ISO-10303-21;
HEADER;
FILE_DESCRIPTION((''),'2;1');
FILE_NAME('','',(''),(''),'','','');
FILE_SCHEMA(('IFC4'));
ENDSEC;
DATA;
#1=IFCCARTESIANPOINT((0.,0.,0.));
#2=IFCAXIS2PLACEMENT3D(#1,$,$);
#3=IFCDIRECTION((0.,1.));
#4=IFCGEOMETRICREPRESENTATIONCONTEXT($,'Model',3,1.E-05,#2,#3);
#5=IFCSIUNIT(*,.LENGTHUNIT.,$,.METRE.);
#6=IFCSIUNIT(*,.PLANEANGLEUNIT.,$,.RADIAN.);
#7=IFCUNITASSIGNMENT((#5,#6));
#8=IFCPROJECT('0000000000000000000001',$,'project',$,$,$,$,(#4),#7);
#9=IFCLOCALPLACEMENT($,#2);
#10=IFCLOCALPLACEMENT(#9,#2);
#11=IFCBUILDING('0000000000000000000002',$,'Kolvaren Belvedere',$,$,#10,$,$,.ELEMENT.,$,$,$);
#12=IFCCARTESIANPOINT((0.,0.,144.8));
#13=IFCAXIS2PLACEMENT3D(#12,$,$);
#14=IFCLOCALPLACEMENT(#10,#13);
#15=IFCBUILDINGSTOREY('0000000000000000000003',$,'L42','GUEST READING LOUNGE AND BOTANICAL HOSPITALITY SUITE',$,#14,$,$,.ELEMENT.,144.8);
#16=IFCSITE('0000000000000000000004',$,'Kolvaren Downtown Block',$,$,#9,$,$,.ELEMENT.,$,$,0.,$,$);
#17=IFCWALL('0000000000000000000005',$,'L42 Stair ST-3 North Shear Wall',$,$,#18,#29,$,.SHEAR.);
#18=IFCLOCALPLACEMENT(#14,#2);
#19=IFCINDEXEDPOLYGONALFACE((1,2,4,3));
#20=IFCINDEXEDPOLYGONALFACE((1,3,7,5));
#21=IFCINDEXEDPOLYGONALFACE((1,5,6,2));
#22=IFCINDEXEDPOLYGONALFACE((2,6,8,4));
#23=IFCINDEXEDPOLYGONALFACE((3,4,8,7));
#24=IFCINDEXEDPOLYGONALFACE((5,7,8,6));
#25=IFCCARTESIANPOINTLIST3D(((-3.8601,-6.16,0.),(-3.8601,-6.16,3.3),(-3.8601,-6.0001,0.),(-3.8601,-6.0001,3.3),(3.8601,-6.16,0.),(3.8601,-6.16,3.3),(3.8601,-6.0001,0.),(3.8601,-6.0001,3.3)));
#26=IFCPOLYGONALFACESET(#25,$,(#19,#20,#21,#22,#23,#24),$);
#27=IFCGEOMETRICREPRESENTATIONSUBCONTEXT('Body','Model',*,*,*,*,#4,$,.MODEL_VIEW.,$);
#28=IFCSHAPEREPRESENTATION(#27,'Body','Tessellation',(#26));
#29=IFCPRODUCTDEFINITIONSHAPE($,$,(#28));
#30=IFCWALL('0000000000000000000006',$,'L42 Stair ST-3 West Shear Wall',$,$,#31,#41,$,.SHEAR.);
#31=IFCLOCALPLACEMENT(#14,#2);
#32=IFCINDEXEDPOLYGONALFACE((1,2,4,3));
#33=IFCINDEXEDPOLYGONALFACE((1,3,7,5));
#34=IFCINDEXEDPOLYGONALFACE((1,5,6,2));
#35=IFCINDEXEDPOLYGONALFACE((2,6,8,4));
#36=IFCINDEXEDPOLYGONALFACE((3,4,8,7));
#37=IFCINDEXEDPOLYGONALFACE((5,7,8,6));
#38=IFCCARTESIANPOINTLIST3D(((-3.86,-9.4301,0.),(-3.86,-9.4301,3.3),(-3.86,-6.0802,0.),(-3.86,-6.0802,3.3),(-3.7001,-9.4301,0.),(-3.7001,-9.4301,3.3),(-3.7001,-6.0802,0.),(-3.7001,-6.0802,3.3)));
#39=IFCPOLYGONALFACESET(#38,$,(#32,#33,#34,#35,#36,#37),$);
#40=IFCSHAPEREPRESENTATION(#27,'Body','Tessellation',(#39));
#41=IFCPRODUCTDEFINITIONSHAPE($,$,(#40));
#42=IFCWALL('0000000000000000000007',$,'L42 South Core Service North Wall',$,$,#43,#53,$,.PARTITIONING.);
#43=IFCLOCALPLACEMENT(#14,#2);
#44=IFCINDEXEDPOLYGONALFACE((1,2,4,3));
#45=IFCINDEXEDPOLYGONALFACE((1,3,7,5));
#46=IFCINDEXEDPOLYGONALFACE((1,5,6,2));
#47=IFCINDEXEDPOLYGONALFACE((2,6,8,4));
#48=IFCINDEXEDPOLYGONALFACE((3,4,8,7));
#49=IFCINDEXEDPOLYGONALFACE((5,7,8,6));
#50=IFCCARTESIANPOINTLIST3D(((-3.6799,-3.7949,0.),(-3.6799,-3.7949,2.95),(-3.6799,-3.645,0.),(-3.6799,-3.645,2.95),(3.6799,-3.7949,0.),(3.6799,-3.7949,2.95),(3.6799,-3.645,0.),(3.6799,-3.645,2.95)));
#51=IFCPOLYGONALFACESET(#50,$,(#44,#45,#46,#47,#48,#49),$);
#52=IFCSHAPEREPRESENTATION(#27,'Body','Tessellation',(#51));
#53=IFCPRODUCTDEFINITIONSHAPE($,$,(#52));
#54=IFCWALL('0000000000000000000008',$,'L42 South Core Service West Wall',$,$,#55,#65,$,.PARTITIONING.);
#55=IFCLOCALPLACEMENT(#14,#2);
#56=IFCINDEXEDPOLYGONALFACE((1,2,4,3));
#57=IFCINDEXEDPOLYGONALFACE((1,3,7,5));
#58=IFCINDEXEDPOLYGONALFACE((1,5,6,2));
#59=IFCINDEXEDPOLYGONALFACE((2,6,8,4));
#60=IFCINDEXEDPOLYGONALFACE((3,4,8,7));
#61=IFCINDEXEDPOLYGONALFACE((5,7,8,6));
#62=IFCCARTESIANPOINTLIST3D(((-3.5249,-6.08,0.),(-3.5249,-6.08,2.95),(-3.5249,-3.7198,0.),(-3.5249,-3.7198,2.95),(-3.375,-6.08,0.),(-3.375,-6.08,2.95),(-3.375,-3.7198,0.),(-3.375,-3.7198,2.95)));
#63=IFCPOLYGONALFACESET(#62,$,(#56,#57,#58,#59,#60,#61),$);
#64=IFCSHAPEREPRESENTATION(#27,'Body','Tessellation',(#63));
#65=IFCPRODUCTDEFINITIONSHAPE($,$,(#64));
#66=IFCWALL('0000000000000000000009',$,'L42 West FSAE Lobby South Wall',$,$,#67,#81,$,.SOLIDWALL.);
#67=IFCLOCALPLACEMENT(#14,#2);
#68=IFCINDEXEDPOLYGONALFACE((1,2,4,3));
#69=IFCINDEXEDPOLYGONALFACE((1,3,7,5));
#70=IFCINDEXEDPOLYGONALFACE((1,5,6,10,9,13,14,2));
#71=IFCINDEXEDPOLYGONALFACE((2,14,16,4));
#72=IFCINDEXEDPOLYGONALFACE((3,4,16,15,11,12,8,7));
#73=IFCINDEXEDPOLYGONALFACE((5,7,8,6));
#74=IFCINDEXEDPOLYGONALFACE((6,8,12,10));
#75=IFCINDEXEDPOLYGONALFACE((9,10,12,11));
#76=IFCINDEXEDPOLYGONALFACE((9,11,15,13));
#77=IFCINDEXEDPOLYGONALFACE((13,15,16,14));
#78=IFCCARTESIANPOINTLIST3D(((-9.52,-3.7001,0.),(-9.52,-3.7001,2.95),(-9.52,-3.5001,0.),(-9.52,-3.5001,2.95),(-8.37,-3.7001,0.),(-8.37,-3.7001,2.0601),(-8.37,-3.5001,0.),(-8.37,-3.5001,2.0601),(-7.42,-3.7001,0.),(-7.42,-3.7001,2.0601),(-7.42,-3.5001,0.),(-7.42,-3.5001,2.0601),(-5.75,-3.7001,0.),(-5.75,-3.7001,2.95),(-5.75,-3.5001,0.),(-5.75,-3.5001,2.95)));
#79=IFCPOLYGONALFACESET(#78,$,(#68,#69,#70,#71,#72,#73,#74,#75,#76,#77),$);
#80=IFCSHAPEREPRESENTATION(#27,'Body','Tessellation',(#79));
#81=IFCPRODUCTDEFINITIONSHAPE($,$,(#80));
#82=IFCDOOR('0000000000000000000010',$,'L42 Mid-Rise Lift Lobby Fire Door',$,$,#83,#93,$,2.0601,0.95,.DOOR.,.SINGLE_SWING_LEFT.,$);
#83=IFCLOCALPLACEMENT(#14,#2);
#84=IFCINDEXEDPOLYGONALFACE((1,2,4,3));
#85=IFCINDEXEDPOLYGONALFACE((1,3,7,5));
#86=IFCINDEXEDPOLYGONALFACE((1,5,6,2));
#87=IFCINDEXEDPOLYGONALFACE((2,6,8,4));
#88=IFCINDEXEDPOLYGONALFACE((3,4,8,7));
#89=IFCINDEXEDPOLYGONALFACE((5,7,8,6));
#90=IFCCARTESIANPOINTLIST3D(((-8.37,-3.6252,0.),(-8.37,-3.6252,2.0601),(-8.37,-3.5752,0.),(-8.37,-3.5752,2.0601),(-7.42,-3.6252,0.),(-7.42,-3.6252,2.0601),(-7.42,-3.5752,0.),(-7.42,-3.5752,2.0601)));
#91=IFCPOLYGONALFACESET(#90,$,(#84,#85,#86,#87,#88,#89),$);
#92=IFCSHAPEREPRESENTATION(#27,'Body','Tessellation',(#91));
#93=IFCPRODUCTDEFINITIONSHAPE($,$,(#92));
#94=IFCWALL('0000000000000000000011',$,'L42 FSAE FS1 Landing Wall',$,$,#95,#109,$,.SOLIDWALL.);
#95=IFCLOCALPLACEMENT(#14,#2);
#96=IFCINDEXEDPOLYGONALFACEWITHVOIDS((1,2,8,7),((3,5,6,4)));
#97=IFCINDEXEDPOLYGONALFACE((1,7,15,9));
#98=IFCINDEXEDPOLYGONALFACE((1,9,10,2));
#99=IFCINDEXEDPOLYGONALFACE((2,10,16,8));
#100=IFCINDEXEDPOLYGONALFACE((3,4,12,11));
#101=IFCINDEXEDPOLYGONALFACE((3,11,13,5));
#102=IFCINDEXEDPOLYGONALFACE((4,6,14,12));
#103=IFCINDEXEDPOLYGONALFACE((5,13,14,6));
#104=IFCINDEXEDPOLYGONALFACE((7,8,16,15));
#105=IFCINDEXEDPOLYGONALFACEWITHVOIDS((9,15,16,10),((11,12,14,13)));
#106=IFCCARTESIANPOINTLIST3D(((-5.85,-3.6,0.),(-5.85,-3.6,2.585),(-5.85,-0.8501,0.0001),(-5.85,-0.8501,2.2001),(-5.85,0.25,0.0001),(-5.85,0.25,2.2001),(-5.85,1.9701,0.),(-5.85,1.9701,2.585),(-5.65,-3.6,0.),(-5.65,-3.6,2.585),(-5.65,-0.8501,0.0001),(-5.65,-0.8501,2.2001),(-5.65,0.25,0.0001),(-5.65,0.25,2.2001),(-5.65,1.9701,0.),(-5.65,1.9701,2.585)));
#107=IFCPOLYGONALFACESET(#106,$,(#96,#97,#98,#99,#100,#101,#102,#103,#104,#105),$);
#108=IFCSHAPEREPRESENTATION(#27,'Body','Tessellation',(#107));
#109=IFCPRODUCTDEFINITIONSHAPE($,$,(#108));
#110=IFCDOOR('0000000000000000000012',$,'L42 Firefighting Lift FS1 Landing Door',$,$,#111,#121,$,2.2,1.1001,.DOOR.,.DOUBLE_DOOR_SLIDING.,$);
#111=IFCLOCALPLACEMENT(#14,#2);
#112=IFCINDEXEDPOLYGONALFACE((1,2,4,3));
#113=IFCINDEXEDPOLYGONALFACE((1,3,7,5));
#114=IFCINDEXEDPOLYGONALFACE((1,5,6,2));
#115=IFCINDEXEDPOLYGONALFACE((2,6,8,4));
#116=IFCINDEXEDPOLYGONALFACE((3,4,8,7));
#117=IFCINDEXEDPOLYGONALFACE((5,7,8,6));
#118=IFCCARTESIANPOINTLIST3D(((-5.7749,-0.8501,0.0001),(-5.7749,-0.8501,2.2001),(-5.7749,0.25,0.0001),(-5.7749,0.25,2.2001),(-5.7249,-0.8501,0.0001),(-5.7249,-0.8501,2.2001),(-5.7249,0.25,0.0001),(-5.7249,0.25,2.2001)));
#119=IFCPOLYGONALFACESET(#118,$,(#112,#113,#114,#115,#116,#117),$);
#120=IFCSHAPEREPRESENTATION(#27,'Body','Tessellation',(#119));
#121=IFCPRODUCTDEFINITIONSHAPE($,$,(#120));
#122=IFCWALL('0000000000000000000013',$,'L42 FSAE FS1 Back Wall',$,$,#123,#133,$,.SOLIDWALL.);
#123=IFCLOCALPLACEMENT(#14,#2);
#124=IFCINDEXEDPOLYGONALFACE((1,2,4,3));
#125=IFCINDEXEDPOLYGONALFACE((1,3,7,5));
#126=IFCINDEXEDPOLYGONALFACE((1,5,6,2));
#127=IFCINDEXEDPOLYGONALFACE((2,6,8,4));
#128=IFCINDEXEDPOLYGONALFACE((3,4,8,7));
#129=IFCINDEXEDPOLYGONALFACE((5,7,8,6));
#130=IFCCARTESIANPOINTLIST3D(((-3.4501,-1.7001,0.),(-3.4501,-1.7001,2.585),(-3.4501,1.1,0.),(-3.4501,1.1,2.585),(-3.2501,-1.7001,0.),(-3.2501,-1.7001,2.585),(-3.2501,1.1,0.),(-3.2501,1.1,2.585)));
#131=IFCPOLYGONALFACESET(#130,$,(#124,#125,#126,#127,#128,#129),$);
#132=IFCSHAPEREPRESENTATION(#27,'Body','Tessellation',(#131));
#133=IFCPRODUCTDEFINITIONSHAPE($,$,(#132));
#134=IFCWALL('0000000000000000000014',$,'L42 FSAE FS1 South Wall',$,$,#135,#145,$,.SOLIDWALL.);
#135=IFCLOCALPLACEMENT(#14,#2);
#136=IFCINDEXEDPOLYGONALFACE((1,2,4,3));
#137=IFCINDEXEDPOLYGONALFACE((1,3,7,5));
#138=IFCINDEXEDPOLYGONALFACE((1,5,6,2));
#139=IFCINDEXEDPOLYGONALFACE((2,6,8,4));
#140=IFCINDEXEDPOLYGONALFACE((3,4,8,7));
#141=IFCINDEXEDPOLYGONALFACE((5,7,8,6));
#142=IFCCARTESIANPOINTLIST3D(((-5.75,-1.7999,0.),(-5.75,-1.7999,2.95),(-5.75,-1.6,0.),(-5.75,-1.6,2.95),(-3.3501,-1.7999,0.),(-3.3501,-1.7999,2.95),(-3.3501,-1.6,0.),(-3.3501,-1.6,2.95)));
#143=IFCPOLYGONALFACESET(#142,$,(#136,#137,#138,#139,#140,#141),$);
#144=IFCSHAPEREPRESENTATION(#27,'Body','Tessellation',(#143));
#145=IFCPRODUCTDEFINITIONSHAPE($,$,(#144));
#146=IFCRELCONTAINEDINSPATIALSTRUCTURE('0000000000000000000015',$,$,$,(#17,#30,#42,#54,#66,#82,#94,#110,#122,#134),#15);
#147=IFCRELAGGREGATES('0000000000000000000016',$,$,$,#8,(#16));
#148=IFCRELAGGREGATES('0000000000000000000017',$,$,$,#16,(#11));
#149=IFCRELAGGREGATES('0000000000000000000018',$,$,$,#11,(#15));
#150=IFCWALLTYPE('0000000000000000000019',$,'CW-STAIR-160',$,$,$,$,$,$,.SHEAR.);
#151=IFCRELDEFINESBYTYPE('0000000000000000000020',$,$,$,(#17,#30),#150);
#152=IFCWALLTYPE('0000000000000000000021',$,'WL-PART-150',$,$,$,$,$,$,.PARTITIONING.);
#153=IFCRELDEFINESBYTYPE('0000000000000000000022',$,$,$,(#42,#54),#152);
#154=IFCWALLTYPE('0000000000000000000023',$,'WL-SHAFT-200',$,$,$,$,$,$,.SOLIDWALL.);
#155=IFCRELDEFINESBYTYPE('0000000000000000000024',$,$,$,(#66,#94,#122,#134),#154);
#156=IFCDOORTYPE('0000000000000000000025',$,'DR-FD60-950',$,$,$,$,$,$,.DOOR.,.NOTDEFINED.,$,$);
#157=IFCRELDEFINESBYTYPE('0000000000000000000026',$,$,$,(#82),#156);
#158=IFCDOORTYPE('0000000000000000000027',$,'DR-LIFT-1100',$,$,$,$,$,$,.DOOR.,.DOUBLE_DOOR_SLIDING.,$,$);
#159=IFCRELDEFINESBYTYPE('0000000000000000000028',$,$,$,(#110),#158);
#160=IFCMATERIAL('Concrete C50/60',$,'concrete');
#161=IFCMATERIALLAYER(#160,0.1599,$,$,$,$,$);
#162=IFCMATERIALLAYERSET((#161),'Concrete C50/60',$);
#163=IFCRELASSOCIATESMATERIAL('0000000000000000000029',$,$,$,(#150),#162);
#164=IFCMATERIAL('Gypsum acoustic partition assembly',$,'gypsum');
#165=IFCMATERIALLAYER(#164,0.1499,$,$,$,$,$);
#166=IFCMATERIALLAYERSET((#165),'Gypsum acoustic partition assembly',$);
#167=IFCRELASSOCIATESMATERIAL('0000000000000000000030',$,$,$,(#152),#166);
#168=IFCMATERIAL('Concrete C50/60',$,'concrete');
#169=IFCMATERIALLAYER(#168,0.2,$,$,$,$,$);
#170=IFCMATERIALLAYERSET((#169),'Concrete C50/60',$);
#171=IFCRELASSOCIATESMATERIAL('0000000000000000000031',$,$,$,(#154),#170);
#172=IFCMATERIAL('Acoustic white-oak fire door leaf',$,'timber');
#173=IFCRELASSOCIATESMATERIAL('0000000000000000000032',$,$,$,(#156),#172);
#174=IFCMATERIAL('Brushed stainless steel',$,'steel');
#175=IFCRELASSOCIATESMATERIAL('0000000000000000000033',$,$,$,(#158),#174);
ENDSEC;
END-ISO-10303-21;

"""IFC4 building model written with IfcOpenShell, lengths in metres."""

from ifc_helpers import new_model, si_unit, direction, frame, frame_2d, origin, place, context, subcontext, project, spatial, rectangle, extrude, material, layer, layer_set, type_object, element, fill, save


model = new_model("IFC4")

# Units and contexts
model_context = context("Model", 3, precision=1e-05, world=origin(), true_north=direction((0.0, 1.0)))
body_context = subcontext(model_context, "Body", "Model", "MODEL_VIEW")
ifc_project = project(units=[si_unit("LENGTHUNIT", "METRE"), si_unit("PLANEANGLEUNIT", "RADIAN")], contexts=[model_context])

# Site, building, storey
site_placement = place(None, origin())
site = spatial("IfcSite", under=ifc_project, at=site_placement, Name="Kolvaren Downtown Block", CompositionType="ELEMENT", RefElevation=0.0)
building_placement = place(site_placement, origin())
building = spatial("IfcBuilding", under=site, at=building_placement, Name="Kolvaren Belvedere", CompositionType="ELEMENT")
storey_placement = place(building_placement, frame((0.0, 0.0, 144.8)))
storey = spatial("IfcBuildingStorey", under=building, at=storey_placement, Name="L42", Description="GUEST READING LOUNGE AND BOTANICAL HOSPITALITY SUITE", CompositionType="ELEMENT", Elevation=144.8)

# Walls
ifc_material_1 = material(Name="Concrete C50/60", Category="concrete")
ifc_layer_1 = layer(ifc_material_1, 0.1599)
ifc_layer_set_1 = layer_set([ifc_layer_1], Name="Concrete C50/60")
wall_type_1 = type_object("IfcWallType", Name="CW-STAIR-160", PredefinedType="SHEAR", material=ifc_layer_set_1)
wall_1_placement = place(storey_placement, frame((-3.8601, -6.0801, 0.0), z_axis=(0.0, 0.0, 1.0), x_axis=(1.0, 0.0, 0.0)))
element("IfcWall", 1, at=wall_1_placement, inside=storey, type_object=wall_type_1, Name="L42 Stair ST-3 North Shear Wall", PredefinedType="SHEAR", context=body_context, shape_type="SweptSolid", body=[
    extrude(rectangle(XDim=7.7202, YDim=0.1599, at=frame_2d((3.8601, 0.0))), origin(), (0.0, 0.0, 1.0), 3.3),
])
wall_2_placement = place(storey_placement, frame((-3.78, -9.4299, 0.0), z_axis=(0.0, 0.0, 1.0), x_axis=(0.0, 1.0, 0.0)))
element("IfcWall", 2, at=wall_2_placement, inside=storey, type_object=wall_type_1, Name="L42 Stair ST-3 West Shear Wall", PredefinedType="SHEAR", context=body_context, shape_type="SweptSolid", body=[
    extrude(rectangle(XDim=3.3499, YDim=0.1599, at=frame_2d((1.6748, 0.0))), origin(), (0.0, 0.0, 1.0), 3.3),
])
ifc_material_2 = material(Name="Gypsum acoustic partition assembly", Category="gypsum")
ifc_layer_2 = layer(ifc_material_2, 0.1499)
ifc_layer_set_2 = layer_set([ifc_layer_2], Name="Gypsum acoustic partition assembly")
wall_type_2 = type_object("IfcWallType", Name="WL-PART-150", PredefinedType="PARTITIONING", material=ifc_layer_set_2)
wall_3_placement = place(storey_placement, frame((-3.6799, -3.72, 0.0), z_axis=(0.0, 0.0, 1.0), x_axis=(1.0, 0.0, 0.0)))
element("IfcWall", 3, at=wall_3_placement, inside=storey, type_object=wall_type_2, Name="L42 South Core Service North Wall", PredefinedType="PARTITIONING", context=body_context, shape_type="SweptSolid", body=[
    extrude(rectangle(XDim=7.3599, YDim=0.1499, at=frame_2d((3.6799, 0.0))), origin(), (0.0, 0.0, 1.0), 2.95),
])
wall_4_placement = place(storey_placement, frame((-3.45, -6.0801, 0.0), z_axis=(0.0, 0.0, 1.0), x_axis=(0.0, 1.0, 0.0)))
element("IfcWall", 4, at=wall_4_placement, inside=storey, type_object=wall_type_2, Name="L42 South Core Service West Wall", PredefinedType="PARTITIONING", context=body_context, shape_type="SweptSolid", body=[
    extrude(rectangle(XDim=2.3601, YDim=0.1499, at=frame_2d((1.1802, 0.0))), origin(), (0.0, 0.0, 1.0), 2.95),
])

# Walls, openings, doors
ifc_material_3 = material(Name="Concrete C50/60", Category="concrete")
ifc_layer_3 = layer(ifc_material_3, 0.2)
ifc_layer_set_3 = layer_set([ifc_layer_3], Name="Concrete C50/60")
wall_type_3 = type_object("IfcWallType", Name="WL-SHAFT-200", PredefinedType="SOLIDWALL", material=ifc_layer_set_3)
wall_5_placement = place(storey_placement, frame((-9.52, -3.6001, 0.0), z_axis=(0.0, 0.0, 1.0), x_axis=(1.0, 0.0, 0.0)))
wall_5 = element("IfcWall", 5, at=wall_5_placement, inside=storey, type_object=wall_type_3, Name="L42 West FSAE Lobby South Wall", PredefinedType="SOLIDWALL", context=body_context, shape_type="SweptSolid", body=[
    extrude(rectangle(XDim=3.77, YDim=0.2, at=frame_2d((1.885, 0.0))), origin(), (0.0, 0.0, 1.0), 2.95),
])
opening_1_placement = place(wall_5_placement, frame((1.1499, 0.0, 0.0)))
opening_1 = element("IfcOpeningElement", 6, at=opening_1_placement, cuts=wall_5, PredefinedType="OPENING", context=body_context, shape_type="SweptSolid", body=[
    extrude(rectangle(XDim=0.95, YDim=2.0601, at=frame_2d((0.4751, 1.03))), frame((0.0, 0.1099, 0.0), z_axis=(0.0, -1.0, 0.0), x_axis=(1.0, 0.0, 0.0)), (0.0, 0.0, 1.0), 0.22),
])
ifc_material_4 = material(Name="Acoustic white-oak fire door leaf", Category="timber")
door_type_1 = type_object("IfcDoorType", Name="DR-FD60-950", OperationType="NOTDEFINED", PredefinedType="DOOR", material=ifc_material_4)
door_1_placement = place(opening_1_placement, origin())
door_1 = element("IfcDoor", 7, at=door_1_placement, inside=storey, type_object=door_type_1, Name="L42 Mid-Rise Lift Lobby Fire Door", OperationType="SINGLE_SWING_LEFT", OverallHeight=2.0601, OverallWidth=0.95, PredefinedType="DOOR", context=body_context, shape_type="SweptSolid", body=[
    extrude(rectangle(XDim=0.95, YDim=2.0601, at=frame_2d((0.4751, 1.03))), frame((0.0, 0.0249, 0.0), z_axis=(0.0, -1.0, 0.0), x_axis=(1.0, 0.0, 0.0)), (0.0, 0.0, 1.0), 0.05),
])
fill(opening_1, door_1)
wall_6_placement = place(storey_placement, frame((-5.75, -3.6001, 0.0), z_axis=(0.0, 0.0, 1.0), x_axis=(0.0, 1.0, 0.0)))
wall_6 = element("IfcWall", 8, at=wall_6_placement, inside=storey, type_object=wall_type_3, Name="L42 FSAE FS1 Landing Wall", PredefinedType="SOLIDWALL", context=body_context, shape_type="SweptSolid", body=[
    extrude(rectangle(XDim=5.5701, YDim=0.2, at=frame_2d((2.7852, 0.0))), origin(), (0.0, 0.0, 1.0), 2.585),
])
opening_2_placement = place(wall_6_placement, frame((2.75, 0.0, 0.0)))
opening_2 = element("IfcOpeningElement", 9, at=opening_2_placement, cuts=wall_6, PredefinedType="OPENING", context=body_context, shape_type="SweptSolid", body=[
    extrude(rectangle(XDim=1.1001, YDim=2.2, at=frame_2d((0.55, 1.1001))), frame((0.0, 0.1099, 0.0), z_axis=(0.0, -1.0, 0.0), x_axis=(1.0, 0.0, 0.0)), (0.0, 0.0, 1.0), 0.22),
])
ifc_material_5 = material(Name="Brushed stainless steel", Category="steel")
door_type_2 = type_object("IfcDoorType", Name="DR-LIFT-1100", OperationType="DOUBLE_DOOR_SLIDING", PredefinedType="DOOR", material=ifc_material_5)
door_2_placement = place(opening_2_placement, origin())
door_2 = element("IfcDoor", 10, at=door_2_placement, inside=storey, type_object=door_type_2, Name="L42 Firefighting Lift FS1 Landing Door", OperationType="DOUBLE_DOOR_SLIDING", OverallHeight=2.2, OverallWidth=1.1001, PredefinedType="DOOR", context=body_context, shape_type="SweptSolid", body=[
    extrude(rectangle(XDim=1.1001, YDim=2.2, at=frame_2d((0.55, 1.1001))), frame((0.0, 0.0249, 0.0), z_axis=(0.0, -1.0, 0.0), x_axis=(1.0, 0.0, 0.0)), (0.0, 0.0, 1.0), 0.05),
])
fill(opening_2, door_2)

# Walls
wall_7_placement = place(storey_placement, frame((-3.3501, -1.7, 0.0), z_axis=(0.0, 0.0, 1.0), x_axis=(0.0, 1.0, 0.0)))
element("IfcWall", 11, at=wall_7_placement, inside=storey, type_object=wall_type_3, Name="L42 FSAE FS1 Back Wall", PredefinedType="SOLIDWALL", context=body_context, shape_type="SweptSolid", body=[
    extrude(rectangle(XDim=2.8, YDim=0.2, at=frame_2d((1.3999, 0.0))), origin(), (0.0, 0.0, 1.0), 2.585),
])
wall_8_placement = place(storey_placement, frame((-5.75, -1.7, 0.0), z_axis=(0.0, 0.0, 1.0), x_axis=(1.0, 0.0, 0.0)))
element("IfcWall", 12, at=wall_8_placement, inside=storey, type_object=wall_type_3, Name="L42 FSAE FS1 South Wall", PredefinedType="SOLIDWALL", context=body_context, shape_type="SweptSolid", body=[
    extrude(rectangle(XDim=2.3999, YDim=0.2, at=frame_2d((1.2, 0.0))), origin(), (0.0, 0.0, 1.0), 2.95),
])

save(model, "model.ifc")
